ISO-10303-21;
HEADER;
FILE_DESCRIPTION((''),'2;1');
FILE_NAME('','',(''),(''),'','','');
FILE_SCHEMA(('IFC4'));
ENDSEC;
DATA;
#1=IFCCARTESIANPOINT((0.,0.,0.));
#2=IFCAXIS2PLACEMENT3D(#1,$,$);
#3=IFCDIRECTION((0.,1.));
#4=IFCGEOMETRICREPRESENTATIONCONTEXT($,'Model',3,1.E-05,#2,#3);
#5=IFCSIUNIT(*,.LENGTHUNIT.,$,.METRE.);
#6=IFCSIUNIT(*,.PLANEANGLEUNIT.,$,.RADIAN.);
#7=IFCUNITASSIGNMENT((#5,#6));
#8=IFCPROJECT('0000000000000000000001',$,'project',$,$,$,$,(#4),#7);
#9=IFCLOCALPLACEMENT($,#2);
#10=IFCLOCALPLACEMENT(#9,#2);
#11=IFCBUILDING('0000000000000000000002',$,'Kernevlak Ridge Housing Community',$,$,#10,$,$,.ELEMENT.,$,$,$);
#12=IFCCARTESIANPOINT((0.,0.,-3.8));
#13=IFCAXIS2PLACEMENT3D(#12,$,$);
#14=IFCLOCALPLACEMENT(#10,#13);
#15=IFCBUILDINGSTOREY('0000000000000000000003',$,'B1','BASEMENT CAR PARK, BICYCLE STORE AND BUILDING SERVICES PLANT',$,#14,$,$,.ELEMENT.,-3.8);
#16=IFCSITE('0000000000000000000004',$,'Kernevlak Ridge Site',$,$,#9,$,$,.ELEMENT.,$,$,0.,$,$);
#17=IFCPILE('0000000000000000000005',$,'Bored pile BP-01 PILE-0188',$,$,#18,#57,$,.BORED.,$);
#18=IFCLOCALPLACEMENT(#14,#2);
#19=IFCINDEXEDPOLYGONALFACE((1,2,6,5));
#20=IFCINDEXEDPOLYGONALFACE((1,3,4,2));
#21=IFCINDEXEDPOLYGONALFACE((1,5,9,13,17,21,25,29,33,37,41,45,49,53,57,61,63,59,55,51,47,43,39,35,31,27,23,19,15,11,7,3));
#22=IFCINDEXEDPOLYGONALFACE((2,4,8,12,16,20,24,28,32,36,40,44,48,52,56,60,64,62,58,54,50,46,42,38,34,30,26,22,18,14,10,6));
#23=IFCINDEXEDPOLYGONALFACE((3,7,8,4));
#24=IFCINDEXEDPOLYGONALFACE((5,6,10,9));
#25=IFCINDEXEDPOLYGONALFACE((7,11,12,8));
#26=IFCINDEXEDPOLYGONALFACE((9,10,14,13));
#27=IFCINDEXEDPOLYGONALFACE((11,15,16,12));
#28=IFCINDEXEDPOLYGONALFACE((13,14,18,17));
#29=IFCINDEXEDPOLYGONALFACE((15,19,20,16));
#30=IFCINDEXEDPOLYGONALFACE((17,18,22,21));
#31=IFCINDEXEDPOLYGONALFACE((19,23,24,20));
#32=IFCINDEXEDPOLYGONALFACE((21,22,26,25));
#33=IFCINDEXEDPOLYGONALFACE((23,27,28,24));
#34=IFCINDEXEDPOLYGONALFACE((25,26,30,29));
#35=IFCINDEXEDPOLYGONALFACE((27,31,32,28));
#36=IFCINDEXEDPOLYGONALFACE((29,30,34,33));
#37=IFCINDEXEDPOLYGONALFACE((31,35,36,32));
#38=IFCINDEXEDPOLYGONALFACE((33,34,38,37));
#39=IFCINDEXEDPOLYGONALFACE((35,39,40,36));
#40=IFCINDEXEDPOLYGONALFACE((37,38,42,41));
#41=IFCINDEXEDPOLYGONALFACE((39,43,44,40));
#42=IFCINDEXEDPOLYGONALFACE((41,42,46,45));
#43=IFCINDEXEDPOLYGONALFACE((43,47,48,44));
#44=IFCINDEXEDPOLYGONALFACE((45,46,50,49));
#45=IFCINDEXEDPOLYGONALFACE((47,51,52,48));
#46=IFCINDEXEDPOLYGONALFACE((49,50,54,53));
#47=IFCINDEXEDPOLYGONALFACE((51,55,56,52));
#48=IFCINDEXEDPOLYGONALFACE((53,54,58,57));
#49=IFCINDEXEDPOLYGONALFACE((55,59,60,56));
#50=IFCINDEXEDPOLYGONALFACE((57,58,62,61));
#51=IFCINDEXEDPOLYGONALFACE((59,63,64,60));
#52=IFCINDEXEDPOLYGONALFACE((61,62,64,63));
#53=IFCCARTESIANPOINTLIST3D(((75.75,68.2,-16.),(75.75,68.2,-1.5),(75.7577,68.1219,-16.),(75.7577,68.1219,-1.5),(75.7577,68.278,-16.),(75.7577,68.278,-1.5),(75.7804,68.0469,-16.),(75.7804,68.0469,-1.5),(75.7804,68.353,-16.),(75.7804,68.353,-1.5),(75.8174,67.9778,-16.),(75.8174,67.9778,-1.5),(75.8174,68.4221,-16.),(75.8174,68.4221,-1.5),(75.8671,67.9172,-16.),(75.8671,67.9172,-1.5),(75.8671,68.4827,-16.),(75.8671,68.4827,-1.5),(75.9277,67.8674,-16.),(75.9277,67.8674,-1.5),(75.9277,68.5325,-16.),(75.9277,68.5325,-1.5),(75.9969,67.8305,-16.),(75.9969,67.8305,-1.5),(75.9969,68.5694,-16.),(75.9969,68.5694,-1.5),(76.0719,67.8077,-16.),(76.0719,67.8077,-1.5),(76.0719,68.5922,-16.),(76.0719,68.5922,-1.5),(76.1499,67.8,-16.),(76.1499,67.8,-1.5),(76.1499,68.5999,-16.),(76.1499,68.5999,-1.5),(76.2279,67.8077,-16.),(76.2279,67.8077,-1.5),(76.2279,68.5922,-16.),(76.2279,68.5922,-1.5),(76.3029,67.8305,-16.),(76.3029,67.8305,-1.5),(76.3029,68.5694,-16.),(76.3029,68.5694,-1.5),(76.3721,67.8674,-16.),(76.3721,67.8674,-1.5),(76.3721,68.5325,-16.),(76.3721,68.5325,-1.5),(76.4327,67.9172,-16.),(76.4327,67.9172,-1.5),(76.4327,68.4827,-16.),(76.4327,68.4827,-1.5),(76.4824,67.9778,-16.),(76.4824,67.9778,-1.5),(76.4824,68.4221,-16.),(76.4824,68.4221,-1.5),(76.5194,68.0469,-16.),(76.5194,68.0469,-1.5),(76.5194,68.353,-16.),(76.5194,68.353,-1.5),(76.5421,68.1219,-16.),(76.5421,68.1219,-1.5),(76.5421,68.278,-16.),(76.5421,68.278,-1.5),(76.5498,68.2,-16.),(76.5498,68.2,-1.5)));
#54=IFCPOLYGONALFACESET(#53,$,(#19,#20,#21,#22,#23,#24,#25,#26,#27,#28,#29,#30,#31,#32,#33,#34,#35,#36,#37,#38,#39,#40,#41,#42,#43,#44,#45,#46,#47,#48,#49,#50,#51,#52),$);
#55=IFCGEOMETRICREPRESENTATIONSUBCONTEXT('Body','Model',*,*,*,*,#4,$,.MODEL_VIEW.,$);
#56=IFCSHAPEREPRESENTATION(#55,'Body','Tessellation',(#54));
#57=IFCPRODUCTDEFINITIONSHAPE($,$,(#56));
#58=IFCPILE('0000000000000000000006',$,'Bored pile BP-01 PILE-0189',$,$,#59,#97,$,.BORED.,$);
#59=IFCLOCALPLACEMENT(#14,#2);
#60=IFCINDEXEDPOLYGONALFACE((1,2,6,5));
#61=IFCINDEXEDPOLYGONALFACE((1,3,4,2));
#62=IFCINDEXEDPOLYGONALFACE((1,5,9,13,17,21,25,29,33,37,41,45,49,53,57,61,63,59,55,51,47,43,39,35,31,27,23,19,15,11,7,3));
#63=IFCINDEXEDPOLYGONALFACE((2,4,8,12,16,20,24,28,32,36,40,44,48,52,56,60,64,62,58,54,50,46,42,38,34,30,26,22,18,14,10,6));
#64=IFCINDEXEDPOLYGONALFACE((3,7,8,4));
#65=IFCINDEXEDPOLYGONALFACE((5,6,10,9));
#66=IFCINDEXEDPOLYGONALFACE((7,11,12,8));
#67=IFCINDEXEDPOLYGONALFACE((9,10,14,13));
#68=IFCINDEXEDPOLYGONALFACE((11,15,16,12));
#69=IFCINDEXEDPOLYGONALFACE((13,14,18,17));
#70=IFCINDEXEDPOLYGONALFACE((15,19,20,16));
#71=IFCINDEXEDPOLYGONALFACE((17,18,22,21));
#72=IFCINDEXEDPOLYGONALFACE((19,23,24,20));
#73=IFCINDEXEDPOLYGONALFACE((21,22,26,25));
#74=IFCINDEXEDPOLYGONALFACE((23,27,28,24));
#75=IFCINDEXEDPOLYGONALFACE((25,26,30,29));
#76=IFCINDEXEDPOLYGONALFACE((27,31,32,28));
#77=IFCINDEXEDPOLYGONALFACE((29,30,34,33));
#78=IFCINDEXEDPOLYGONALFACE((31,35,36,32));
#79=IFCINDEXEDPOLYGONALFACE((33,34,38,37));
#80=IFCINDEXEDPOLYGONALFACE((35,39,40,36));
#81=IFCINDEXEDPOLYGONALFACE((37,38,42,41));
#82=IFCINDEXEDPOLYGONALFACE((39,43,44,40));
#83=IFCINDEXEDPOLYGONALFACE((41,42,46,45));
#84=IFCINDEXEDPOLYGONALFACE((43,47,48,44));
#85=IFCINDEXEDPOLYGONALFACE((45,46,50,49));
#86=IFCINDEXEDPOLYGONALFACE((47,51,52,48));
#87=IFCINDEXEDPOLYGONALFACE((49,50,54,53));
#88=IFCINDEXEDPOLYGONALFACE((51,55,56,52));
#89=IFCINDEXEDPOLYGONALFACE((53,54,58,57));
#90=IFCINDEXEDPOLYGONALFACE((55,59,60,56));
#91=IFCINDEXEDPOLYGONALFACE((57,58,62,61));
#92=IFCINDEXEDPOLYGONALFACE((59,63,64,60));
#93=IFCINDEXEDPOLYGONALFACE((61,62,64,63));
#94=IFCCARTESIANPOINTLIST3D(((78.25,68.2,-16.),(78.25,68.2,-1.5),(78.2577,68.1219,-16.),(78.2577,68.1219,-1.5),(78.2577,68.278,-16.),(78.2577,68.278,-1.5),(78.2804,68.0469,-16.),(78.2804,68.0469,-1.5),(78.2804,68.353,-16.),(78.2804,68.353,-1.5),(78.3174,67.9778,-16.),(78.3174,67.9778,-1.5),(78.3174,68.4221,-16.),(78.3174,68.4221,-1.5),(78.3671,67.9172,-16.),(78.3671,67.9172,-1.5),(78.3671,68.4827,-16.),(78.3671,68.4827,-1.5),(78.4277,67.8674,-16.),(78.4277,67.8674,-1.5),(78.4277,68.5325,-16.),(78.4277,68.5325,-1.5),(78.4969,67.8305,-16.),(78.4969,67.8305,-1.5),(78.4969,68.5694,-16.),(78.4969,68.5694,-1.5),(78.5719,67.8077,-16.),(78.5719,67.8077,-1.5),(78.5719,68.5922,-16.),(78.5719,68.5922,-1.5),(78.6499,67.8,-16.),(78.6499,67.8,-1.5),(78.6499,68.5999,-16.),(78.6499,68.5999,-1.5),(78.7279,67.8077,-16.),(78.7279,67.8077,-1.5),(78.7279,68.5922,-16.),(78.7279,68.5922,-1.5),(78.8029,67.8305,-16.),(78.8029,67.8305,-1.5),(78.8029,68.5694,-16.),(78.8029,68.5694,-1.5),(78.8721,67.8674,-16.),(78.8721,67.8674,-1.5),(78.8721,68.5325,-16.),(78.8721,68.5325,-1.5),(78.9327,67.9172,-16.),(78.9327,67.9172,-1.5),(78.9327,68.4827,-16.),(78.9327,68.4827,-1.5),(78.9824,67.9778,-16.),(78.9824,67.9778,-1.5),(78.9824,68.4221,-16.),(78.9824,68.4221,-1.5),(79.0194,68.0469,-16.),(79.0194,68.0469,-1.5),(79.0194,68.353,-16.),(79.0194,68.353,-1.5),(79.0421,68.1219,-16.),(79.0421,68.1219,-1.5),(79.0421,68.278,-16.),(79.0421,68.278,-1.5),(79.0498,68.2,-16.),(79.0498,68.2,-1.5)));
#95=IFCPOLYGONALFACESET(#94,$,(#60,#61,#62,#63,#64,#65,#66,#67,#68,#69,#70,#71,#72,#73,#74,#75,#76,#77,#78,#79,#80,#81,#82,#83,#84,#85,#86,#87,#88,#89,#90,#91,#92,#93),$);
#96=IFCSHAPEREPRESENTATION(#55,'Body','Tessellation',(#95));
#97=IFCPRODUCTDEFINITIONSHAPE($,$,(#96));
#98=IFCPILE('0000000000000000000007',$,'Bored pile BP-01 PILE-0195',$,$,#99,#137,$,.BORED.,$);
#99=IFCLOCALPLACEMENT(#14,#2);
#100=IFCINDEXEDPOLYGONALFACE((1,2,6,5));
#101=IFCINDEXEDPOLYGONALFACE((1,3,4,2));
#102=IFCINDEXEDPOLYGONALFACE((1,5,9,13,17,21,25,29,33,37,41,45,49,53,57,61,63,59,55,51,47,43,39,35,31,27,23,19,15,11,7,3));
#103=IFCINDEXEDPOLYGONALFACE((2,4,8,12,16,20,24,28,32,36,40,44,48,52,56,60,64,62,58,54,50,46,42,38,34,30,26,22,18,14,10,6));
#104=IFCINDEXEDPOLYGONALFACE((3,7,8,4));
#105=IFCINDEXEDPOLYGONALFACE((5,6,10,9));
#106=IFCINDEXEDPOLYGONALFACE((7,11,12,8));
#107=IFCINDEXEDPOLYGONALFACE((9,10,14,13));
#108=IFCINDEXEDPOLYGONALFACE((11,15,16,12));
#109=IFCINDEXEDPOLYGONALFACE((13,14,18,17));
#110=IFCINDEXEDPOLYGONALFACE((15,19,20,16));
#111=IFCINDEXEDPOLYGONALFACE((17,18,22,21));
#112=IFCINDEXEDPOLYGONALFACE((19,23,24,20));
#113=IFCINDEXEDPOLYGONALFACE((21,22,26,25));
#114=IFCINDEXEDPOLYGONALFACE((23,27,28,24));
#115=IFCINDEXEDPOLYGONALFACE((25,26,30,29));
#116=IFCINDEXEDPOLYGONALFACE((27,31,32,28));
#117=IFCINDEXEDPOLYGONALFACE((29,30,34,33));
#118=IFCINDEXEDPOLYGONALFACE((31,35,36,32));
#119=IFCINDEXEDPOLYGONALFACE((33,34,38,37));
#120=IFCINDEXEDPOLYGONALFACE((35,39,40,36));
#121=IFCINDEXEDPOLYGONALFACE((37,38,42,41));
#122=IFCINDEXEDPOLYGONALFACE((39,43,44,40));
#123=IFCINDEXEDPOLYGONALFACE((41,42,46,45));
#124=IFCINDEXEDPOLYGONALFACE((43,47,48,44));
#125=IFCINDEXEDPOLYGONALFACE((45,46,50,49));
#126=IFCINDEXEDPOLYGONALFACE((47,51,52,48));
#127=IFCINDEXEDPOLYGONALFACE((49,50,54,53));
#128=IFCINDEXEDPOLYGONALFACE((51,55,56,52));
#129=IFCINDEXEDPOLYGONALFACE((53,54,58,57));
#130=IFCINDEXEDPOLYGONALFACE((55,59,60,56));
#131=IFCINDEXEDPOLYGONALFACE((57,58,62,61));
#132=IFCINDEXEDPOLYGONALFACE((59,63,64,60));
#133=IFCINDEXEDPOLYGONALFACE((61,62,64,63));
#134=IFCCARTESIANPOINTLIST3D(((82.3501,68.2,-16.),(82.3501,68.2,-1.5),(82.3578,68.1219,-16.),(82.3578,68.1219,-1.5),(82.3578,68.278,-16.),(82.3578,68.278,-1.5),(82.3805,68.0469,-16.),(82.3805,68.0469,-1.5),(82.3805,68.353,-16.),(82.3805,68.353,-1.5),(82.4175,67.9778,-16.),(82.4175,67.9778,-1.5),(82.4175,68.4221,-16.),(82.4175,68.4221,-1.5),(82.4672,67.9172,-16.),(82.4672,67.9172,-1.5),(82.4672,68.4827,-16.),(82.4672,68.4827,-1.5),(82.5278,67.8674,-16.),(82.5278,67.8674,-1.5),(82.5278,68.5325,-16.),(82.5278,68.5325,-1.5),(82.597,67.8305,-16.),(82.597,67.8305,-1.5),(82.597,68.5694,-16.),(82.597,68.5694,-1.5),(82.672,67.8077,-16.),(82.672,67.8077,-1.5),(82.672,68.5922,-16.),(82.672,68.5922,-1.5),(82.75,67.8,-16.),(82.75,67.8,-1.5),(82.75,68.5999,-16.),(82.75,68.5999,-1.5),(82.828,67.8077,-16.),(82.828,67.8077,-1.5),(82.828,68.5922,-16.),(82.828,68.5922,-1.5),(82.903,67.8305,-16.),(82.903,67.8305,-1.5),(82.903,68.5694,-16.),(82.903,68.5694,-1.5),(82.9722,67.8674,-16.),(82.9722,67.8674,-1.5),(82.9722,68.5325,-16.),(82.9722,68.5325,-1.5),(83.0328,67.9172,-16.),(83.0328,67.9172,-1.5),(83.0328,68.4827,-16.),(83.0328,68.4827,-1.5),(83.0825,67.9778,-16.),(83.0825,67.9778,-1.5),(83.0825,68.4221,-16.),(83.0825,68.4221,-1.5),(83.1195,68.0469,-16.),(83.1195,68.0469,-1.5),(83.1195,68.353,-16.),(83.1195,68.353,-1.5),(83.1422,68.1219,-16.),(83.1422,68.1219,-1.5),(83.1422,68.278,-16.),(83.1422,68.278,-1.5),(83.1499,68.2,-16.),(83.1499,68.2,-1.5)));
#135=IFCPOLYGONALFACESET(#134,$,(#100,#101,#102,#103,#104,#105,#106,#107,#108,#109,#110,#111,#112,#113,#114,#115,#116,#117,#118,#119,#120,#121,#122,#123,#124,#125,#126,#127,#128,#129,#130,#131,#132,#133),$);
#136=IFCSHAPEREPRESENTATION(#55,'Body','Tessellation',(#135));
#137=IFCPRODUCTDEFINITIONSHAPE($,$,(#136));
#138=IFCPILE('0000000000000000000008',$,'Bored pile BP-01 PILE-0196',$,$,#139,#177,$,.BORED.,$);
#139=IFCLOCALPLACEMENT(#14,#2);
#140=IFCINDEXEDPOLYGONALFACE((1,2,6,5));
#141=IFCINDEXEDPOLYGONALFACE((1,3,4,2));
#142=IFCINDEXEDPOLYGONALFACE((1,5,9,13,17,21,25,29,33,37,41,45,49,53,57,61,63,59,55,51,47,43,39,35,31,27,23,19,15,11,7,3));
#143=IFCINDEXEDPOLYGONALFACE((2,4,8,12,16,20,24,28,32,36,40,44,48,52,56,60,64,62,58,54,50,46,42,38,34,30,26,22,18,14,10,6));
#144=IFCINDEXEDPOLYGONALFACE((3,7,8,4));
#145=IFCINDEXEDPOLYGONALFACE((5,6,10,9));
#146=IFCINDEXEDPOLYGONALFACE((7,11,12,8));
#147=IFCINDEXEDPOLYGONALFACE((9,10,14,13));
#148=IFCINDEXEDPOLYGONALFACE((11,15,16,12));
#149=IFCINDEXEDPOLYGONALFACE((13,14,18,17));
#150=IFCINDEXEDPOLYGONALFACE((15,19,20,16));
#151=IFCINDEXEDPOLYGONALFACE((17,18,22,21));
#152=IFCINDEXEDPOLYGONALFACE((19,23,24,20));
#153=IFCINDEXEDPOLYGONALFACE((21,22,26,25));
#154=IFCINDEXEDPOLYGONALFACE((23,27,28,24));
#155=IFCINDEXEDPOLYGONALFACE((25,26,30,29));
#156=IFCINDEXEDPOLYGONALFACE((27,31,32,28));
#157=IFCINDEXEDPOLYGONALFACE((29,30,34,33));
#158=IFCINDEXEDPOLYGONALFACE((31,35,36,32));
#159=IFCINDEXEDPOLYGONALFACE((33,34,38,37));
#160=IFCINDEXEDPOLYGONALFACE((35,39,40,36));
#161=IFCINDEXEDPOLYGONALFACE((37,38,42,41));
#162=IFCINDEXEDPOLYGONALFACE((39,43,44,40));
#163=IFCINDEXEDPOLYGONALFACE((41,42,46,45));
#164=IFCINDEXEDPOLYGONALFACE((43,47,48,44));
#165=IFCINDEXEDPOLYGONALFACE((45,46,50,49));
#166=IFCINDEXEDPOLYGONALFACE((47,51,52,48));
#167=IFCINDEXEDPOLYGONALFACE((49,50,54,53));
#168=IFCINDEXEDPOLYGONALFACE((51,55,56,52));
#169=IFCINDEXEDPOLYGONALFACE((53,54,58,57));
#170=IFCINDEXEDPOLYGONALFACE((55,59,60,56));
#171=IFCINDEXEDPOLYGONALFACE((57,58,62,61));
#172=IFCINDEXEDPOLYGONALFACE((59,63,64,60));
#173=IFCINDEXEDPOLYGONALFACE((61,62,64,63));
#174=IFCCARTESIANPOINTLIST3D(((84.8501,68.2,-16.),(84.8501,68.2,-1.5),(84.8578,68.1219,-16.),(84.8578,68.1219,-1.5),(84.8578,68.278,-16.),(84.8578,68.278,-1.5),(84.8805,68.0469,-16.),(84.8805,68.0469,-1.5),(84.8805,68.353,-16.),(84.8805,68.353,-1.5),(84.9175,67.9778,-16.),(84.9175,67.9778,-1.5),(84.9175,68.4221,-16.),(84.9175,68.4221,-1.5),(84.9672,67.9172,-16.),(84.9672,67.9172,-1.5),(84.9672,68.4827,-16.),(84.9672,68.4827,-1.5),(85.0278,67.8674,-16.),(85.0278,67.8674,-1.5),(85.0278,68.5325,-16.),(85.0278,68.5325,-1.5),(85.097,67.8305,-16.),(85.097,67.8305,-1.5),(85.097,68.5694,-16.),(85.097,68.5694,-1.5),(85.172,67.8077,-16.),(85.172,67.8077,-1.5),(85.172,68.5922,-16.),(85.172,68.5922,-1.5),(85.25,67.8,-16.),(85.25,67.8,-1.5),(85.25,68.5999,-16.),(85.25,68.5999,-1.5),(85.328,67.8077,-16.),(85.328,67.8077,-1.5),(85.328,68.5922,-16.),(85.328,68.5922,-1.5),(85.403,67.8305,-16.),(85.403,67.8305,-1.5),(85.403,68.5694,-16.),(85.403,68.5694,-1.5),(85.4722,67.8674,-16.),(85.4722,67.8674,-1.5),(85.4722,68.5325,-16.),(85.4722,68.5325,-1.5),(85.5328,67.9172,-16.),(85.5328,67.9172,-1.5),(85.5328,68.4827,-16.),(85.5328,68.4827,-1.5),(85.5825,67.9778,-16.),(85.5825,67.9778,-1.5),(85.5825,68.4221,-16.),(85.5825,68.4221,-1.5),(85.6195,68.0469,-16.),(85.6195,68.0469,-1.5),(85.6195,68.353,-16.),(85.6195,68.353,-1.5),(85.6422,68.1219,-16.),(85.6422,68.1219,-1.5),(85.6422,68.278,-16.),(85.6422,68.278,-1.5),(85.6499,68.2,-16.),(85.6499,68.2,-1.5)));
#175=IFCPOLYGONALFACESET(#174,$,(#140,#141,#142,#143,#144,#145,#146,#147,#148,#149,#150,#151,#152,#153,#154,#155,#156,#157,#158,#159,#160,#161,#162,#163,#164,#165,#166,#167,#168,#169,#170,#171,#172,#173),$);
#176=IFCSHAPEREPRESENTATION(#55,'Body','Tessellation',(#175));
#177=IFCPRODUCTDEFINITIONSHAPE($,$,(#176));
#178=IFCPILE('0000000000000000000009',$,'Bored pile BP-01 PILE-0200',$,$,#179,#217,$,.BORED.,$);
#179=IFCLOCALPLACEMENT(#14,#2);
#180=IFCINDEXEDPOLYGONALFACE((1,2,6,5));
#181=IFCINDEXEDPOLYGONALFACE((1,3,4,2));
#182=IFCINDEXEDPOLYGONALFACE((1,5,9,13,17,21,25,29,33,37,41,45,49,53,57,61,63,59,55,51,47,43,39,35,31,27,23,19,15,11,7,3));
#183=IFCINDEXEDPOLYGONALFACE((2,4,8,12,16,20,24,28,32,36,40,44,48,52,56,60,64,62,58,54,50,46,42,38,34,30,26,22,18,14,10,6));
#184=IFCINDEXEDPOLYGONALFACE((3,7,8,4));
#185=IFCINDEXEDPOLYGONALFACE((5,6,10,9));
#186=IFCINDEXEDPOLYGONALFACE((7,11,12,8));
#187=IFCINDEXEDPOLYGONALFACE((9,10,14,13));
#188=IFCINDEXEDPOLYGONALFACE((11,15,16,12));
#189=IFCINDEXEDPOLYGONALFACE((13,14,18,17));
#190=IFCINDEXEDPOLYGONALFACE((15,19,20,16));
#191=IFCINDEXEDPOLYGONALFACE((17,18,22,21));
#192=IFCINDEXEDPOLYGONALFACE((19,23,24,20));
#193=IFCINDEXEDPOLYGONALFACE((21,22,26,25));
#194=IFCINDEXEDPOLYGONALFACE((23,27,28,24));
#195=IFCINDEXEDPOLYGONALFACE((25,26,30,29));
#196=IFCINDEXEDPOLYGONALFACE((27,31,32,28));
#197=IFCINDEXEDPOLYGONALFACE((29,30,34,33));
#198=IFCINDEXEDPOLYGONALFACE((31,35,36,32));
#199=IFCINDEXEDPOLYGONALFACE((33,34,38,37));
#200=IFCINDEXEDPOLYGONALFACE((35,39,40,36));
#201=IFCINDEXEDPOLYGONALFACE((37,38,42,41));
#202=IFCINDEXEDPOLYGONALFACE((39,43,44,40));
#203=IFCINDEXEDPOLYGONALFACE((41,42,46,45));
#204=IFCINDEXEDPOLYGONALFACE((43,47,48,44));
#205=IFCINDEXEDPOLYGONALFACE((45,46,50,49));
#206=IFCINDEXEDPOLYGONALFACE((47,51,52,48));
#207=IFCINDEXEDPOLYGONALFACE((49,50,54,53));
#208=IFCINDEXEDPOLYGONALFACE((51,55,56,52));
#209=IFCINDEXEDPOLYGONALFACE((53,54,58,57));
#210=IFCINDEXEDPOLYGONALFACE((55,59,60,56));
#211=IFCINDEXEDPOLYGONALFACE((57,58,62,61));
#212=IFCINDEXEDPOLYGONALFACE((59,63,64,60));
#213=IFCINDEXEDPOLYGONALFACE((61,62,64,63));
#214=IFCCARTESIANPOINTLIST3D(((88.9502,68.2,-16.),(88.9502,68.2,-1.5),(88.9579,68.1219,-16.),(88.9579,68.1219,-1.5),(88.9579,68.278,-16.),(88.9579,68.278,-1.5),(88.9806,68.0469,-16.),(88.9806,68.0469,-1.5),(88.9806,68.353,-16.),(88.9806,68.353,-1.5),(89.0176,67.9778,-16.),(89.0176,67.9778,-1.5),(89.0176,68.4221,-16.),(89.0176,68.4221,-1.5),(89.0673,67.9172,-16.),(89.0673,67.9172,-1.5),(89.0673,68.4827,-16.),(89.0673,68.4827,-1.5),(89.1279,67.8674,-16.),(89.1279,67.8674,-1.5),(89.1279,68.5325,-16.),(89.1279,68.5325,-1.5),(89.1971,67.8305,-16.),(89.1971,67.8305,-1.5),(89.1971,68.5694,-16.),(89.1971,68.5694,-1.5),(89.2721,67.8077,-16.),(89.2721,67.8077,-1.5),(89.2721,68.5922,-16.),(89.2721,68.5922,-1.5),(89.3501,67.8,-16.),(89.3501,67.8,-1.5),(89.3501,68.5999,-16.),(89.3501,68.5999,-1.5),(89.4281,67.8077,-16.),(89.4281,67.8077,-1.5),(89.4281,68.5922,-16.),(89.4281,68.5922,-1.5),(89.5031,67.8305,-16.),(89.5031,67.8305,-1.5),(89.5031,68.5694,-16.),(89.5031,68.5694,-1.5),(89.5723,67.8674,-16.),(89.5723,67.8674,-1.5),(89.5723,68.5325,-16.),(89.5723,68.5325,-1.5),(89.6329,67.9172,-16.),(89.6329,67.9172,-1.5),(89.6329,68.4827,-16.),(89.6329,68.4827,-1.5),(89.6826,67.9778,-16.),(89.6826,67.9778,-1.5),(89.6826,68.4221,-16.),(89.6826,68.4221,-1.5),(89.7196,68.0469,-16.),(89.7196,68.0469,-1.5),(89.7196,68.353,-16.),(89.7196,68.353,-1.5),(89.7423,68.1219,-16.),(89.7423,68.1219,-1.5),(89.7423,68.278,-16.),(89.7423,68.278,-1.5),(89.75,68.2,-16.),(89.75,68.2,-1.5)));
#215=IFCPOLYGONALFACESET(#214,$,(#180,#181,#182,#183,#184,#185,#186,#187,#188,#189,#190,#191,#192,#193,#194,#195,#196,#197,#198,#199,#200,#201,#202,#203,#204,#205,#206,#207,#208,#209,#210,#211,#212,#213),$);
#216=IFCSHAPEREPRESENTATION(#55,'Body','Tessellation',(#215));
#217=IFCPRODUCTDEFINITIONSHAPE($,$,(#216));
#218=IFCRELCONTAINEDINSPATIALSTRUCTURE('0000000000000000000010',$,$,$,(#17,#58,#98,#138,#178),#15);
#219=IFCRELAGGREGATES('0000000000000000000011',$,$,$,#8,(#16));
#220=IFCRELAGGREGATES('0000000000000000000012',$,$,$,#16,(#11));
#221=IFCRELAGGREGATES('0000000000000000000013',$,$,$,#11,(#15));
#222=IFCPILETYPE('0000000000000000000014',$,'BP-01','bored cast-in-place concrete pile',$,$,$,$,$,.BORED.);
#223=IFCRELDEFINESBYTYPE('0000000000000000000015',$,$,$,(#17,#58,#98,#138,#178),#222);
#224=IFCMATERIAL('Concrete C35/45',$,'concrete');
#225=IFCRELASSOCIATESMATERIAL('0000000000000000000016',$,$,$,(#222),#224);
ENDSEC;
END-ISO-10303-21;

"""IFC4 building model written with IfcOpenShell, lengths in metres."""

from ifc_helpers import new_model, si_unit, direction, frame, origin, origin_2d, place, context, subcontext, project, spatial, circle, extrude, material, material_profile, profile_set, type_object, element, save


model = new_model("IFC4")

# Units and contexts
model_context = context("Model", 3, precision=1e-05, world=origin(), true_north=direction((0.0, 1.0)))
body_context = subcontext(model_context, "Body", "Model", "MODEL_VIEW")
ifc_project = project(units=[si_unit("LENGTHUNIT", "METRE"), si_unit("PLANEANGLEUNIT", "RADIAN")], contexts=[model_context])

# Site, building, storey
site_placement = place(None, origin())
site = spatial("IfcSite", under=ifc_project, at=site_placement, Name="Kernevlak Ridge Site", CompositionType="ELEMENT", RefElevation=0.0)
building_placement = place(site_placement, origin())
building = spatial("IfcBuilding", under=site, at=building_placement, Name="Kernevlak Ridge Housing Community", CompositionType="ELEMENT")
storey_placement = place(building_placement, frame((0.0, 0.0, -3.8)))
storey = spatial("IfcBuildingStorey", under=building, at=storey_placement, Name="B1", Description="BASEMENT CAR PARK, BICYCLE STORE AND BUILDING SERVICES PLANT", CompositionType="ELEMENT", Elevation=-3.8)

# Piles
ifc_material_1 = material(Name="Concrete C35/45", Category="concrete")
ifc_material_profile_1 = material_profile(ifc_material_1, circle(Radius=0.3999, at=origin_2d()), Name="BORED PILE 800")
ifc_profile_set_1 = profile_set([ifc_material_profile_1], Name="Concrete C35/45")
pile_type = type_object("IfcPileType", Name="BP-01", Description="bored cast-in-place concrete pile", PredefinedType="BORED", material=ifc_profile_set_1)
for number, where, z_axis, x_axis, name in (
    (1, (76.1499, 68.2, -1.5), (0.0, 0.0, -1.0), (1.0, 0.0, 0.0), "Bored pile BP-01 PILE-0188"),
    (2, (78.6499, 68.2, -1.5), (0.0, 0.0, -1.0), (1.0, 0.0, 0.0), "Bored pile BP-01 PILE-0189"),
    (3, (82.75, 68.2, -1.5), (0.0, 0.0, -1.0), (1.0, 0.0, 0.0), "Bored pile BP-01 PILE-0195"),
    (4, (85.25, 68.2, -1.5), (0.0, 0.0, -1.0), (1.0, 0.0, 0.0), "Bored pile BP-01 PILE-0196"),
    (5, (89.3501, 68.2, -1.5), (0.0, 0.0, -1.0), (1.0, 0.0, 0.0), "Bored pile BP-01 PILE-0200"),
):
    element("IfcPile", number, at=place(storey_placement, frame(where, z_axis=z_axis, x_axis=x_axis)), inside=storey, type_object=pile_type, Name=name, PredefinedType="BORED", context=body_context, shape_type="SweptSolid", body=[
        extrude(circle(Radius=0.3999, at=origin_2d()), origin(), (0.0, 0.0, 1.0), 14.5),
    ])

save(model, "model.ifc")
